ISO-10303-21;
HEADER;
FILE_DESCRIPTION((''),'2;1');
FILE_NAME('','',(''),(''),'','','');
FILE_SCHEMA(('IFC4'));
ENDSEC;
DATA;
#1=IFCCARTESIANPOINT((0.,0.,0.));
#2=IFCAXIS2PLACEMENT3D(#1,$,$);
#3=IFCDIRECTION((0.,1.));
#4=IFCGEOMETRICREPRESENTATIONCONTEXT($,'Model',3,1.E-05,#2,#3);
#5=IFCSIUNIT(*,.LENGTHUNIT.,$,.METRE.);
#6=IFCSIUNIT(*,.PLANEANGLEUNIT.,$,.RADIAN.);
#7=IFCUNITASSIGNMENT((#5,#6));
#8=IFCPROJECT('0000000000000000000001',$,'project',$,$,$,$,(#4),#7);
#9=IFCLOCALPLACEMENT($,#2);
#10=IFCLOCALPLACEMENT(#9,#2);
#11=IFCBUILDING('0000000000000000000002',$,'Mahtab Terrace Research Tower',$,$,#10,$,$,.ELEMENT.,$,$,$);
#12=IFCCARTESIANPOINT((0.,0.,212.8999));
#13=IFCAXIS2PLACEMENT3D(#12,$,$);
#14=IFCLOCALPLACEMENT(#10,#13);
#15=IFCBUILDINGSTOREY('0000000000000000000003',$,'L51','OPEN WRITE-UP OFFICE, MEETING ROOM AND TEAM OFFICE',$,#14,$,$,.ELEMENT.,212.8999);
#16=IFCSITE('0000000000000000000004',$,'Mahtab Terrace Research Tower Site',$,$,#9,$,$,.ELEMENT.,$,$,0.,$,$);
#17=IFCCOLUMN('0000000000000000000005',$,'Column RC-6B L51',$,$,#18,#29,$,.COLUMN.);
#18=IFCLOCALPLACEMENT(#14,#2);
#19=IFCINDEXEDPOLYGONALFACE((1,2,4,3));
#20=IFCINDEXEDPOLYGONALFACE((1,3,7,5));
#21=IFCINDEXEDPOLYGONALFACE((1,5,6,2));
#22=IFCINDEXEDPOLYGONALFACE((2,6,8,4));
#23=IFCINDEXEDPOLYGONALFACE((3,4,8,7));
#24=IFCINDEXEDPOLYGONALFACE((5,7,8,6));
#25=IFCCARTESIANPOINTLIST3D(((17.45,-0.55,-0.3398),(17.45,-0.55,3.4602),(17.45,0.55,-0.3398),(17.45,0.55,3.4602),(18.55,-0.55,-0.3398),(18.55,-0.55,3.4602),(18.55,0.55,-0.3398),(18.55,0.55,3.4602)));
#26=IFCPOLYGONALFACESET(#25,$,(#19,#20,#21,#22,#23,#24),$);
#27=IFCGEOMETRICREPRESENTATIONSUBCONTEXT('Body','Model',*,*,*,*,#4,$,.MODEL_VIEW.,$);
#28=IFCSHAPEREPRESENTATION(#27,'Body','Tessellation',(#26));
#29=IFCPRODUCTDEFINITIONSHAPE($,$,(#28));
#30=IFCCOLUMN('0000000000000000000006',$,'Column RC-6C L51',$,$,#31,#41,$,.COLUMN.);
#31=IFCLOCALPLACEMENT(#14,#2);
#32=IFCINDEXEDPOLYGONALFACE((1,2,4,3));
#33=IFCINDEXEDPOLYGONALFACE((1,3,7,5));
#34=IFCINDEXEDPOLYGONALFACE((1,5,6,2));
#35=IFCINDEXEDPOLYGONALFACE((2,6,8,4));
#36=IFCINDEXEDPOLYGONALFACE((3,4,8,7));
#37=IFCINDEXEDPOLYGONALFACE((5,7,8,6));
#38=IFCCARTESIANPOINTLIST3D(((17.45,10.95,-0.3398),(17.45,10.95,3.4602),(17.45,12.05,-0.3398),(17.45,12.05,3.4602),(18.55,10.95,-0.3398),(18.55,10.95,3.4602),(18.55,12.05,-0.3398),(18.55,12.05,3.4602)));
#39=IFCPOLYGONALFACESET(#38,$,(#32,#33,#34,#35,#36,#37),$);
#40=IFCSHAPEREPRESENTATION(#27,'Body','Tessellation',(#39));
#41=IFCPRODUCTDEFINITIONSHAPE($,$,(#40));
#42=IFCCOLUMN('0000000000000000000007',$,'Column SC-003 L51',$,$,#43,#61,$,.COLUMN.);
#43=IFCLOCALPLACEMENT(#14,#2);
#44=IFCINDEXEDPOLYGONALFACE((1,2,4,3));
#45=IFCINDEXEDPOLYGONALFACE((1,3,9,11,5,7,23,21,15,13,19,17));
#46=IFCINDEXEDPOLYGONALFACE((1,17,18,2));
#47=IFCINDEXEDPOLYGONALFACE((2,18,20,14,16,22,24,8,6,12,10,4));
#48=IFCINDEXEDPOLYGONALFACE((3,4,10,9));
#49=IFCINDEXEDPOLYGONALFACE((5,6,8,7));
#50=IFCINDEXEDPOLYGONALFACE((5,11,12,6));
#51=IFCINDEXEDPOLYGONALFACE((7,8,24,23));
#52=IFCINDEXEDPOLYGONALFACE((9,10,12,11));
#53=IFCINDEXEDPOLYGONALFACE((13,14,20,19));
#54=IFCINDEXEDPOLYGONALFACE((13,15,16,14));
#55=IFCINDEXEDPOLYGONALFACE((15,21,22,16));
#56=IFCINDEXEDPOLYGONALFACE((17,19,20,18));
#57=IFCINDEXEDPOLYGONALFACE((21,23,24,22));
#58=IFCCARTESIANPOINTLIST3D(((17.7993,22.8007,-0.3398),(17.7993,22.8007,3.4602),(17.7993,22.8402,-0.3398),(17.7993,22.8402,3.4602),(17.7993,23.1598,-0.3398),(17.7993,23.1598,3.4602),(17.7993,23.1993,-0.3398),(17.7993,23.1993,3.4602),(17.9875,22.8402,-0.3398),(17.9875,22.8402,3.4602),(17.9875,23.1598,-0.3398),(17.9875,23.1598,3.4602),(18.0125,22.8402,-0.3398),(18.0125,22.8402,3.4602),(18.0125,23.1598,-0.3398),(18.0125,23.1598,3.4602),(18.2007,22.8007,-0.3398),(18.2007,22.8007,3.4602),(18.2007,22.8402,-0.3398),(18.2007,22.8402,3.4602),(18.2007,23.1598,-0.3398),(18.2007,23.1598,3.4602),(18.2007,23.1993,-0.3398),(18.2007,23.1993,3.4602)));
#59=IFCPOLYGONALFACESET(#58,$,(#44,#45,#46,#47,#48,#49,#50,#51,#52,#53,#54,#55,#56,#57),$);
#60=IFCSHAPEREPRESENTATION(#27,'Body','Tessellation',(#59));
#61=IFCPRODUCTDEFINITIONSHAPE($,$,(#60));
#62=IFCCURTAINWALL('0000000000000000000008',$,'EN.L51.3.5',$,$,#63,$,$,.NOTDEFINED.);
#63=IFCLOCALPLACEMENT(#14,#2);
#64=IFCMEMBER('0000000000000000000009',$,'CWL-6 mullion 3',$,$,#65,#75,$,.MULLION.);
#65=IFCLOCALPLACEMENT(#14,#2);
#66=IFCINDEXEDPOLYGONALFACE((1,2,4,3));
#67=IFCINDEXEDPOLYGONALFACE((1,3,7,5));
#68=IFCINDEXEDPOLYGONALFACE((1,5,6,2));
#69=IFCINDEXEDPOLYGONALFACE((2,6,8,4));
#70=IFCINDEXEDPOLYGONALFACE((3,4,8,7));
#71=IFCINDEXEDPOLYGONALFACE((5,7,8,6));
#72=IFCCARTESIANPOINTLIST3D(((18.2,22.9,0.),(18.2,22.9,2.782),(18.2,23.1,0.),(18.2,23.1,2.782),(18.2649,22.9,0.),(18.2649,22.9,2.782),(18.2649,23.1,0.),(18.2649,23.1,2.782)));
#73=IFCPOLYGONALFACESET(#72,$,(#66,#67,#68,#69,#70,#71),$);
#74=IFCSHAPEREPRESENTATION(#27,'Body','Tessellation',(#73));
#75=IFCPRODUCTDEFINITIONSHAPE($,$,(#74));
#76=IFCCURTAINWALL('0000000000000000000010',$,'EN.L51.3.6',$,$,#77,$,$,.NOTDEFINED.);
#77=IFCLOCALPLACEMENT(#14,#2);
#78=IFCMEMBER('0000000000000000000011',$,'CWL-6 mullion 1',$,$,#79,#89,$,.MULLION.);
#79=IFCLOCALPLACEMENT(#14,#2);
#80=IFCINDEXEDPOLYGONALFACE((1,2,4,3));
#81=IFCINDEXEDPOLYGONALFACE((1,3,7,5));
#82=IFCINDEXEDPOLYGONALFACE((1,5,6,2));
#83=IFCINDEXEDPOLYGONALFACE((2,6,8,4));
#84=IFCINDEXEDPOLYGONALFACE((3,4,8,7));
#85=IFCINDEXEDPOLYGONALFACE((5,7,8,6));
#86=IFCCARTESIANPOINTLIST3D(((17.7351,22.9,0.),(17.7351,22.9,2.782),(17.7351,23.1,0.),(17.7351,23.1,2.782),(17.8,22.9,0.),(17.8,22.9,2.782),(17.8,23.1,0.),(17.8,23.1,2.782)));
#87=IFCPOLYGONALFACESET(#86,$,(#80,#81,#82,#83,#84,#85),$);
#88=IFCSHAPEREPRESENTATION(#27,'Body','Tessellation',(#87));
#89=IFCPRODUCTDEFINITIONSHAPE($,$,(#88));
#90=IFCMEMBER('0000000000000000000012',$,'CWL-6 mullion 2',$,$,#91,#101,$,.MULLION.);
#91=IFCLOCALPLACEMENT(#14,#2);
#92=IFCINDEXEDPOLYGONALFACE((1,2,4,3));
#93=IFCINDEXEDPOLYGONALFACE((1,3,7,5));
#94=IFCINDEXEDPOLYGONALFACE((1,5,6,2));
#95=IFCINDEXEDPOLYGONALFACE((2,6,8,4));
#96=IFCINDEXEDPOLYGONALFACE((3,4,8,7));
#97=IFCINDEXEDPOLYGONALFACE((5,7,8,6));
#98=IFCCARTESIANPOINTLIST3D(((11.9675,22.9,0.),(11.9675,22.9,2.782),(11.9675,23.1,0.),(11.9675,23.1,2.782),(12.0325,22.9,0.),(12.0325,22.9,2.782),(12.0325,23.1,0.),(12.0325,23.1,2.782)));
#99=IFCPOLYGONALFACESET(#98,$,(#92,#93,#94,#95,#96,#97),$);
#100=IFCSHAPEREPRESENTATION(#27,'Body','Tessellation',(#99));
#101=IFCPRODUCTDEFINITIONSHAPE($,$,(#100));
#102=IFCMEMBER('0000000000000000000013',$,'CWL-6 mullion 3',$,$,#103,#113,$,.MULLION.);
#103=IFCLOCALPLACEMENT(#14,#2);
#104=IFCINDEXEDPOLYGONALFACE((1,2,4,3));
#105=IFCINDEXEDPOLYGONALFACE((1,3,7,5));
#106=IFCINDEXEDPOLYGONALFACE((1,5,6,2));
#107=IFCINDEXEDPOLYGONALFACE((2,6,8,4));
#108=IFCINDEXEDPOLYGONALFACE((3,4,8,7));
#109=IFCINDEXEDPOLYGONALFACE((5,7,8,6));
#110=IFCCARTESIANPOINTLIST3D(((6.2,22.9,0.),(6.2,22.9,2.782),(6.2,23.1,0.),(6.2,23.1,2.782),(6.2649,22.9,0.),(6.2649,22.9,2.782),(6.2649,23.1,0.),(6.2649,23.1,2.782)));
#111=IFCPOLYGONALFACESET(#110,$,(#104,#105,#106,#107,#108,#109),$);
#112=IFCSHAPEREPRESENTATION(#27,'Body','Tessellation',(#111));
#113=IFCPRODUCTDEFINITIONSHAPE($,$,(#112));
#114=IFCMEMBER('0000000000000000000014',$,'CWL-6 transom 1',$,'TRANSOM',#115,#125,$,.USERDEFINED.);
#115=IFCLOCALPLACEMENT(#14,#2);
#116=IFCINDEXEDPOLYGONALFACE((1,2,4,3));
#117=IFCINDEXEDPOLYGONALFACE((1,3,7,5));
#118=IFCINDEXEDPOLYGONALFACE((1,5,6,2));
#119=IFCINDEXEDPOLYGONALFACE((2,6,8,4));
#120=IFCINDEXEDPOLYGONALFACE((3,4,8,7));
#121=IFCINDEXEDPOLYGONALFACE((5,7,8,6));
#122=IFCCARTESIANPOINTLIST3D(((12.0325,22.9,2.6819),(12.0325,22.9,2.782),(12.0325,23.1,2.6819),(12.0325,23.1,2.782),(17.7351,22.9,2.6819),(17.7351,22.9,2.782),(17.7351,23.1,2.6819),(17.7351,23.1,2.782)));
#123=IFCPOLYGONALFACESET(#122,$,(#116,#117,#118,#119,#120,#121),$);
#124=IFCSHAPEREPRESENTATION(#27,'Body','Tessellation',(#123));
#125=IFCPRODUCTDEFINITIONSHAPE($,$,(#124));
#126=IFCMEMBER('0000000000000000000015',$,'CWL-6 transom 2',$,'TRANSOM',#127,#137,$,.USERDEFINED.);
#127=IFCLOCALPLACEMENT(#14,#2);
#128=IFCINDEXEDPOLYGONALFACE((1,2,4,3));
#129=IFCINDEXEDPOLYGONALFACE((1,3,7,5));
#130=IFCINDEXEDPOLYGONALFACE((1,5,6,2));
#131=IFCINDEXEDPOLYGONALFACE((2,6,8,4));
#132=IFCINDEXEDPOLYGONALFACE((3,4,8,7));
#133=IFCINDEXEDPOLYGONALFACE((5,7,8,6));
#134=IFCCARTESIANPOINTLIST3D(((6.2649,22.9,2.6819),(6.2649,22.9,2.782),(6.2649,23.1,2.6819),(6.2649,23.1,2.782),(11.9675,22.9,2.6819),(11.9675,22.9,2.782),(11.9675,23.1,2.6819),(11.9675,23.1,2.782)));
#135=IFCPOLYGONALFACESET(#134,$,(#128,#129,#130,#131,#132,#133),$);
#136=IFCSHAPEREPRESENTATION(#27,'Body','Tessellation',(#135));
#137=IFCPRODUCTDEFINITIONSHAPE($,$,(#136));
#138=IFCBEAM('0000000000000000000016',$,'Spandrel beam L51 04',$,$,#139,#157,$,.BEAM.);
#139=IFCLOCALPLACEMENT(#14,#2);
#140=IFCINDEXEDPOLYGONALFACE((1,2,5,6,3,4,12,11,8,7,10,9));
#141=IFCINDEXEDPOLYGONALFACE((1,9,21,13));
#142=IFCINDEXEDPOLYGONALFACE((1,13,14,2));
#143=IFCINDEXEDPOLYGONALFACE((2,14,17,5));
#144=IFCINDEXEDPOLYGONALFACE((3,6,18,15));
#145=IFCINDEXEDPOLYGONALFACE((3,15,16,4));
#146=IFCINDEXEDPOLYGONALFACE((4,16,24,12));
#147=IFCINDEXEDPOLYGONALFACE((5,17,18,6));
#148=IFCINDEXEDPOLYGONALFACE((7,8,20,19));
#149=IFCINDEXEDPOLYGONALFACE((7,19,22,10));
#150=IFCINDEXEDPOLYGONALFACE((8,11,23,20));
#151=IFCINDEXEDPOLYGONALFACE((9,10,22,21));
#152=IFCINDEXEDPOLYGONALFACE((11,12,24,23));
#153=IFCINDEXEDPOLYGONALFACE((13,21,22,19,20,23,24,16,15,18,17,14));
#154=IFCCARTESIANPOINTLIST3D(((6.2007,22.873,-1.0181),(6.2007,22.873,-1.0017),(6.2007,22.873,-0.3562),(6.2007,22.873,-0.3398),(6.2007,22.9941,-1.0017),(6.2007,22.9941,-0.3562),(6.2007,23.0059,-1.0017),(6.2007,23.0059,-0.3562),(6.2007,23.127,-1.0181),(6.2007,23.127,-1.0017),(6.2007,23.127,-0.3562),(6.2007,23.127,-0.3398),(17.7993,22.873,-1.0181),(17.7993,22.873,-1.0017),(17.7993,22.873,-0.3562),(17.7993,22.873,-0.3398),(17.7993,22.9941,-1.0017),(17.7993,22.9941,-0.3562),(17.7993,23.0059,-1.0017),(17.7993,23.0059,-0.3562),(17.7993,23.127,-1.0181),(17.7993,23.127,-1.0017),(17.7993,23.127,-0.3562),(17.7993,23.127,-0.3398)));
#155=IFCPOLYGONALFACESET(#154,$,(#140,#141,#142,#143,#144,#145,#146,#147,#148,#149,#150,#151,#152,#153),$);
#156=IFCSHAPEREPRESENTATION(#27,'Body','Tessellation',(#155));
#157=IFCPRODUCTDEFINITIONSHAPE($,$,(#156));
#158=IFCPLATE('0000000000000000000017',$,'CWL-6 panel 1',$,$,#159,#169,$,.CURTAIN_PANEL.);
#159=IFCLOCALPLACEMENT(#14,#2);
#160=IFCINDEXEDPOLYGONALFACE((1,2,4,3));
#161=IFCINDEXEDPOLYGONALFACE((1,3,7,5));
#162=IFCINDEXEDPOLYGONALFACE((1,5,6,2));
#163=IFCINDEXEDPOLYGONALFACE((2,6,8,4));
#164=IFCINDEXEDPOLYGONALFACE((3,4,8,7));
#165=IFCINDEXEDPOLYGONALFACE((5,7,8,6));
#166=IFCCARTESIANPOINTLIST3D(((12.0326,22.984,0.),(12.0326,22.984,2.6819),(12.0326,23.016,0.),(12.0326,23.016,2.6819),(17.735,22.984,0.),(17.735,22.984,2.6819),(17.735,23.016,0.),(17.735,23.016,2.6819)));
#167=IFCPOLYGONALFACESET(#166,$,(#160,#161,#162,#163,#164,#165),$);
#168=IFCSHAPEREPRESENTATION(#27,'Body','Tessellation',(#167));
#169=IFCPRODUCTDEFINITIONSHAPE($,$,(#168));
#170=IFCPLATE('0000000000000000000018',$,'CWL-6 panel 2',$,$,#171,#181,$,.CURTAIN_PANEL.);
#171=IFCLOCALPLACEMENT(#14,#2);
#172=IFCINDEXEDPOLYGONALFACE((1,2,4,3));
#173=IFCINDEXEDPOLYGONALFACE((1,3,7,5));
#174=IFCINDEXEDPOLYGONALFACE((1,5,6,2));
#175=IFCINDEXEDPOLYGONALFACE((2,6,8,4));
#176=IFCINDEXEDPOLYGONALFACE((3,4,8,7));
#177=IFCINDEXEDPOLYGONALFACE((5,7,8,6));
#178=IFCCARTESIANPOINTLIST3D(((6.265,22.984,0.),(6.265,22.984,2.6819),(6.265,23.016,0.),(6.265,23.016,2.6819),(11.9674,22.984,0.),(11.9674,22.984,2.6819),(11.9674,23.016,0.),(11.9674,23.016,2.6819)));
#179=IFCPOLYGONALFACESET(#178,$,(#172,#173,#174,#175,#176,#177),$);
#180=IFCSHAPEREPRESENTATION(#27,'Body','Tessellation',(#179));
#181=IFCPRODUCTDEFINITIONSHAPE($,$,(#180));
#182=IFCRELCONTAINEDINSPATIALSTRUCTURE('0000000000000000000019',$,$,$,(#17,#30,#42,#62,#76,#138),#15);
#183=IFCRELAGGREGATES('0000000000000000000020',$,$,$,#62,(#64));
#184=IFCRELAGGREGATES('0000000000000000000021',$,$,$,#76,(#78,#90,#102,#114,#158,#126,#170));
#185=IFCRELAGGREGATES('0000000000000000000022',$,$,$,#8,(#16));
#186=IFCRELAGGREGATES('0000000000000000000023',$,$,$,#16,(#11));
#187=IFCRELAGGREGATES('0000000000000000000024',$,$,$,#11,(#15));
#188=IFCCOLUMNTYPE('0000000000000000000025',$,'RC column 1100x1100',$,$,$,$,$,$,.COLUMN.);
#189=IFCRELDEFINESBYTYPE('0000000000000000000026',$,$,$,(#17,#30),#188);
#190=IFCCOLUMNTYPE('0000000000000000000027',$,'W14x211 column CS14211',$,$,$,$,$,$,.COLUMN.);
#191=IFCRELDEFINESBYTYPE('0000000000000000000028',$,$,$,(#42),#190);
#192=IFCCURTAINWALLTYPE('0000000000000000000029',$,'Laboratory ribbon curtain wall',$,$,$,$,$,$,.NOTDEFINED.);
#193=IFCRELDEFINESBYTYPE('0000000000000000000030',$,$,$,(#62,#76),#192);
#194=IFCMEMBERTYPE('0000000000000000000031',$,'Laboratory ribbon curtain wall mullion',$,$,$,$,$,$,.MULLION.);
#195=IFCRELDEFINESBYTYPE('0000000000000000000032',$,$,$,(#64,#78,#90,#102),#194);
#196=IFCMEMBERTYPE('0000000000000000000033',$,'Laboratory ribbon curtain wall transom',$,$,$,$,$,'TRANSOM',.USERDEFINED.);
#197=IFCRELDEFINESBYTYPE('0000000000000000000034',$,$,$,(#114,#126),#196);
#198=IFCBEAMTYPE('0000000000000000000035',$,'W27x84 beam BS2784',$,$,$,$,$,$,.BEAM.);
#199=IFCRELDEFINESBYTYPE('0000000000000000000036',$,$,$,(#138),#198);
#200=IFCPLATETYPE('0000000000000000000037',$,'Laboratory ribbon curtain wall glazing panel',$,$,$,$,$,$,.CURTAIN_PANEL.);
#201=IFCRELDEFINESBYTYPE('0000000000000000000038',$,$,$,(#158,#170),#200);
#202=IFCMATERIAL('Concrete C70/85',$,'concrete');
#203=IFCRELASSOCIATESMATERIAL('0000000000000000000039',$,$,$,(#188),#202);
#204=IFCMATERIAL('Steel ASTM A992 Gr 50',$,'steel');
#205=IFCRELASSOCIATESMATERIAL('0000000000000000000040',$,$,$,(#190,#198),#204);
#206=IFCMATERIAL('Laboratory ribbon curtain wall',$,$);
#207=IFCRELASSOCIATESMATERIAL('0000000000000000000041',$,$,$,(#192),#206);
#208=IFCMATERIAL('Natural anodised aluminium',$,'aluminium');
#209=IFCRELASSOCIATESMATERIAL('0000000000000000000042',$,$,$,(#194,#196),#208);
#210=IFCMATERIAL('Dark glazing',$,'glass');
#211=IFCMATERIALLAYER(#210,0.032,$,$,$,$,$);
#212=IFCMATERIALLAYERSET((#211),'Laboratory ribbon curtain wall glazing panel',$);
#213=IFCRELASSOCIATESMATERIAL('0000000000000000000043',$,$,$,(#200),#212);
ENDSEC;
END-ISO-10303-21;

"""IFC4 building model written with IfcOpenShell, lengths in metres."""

from ifc_helpers import new_model, si_unit, direction, frame, origin, origin_2d, place, context, subcontext, project, spatial, rectangle, i_section, extrude, material, layer, layer_set, material_profile, profile_set, type_object, element, aggregate, save


model = new_model("IFC4")

# Units and contexts
model_context = context("Model", 3, precision=1e-05, world=origin(), true_north=direction((0.0, 1.0)))
body_context = subcontext(model_context, "Body", "Model", "MODEL_VIEW")
ifc_project = project(units=[si_unit("LENGTHUNIT", "METRE"), si_unit("PLANEANGLEUNIT", "RADIAN")], contexts=[model_context])

# Site, building, storey
site_placement = place(None, origin())
site = spatial("IfcSite", under=ifc_project, at=site_placement, Name="Mahtab Terrace Research Tower Site", CompositionType="ELEMENT", RefElevation=0.0)
building_placement = place(site_placement, origin())
building = spatial("IfcBuilding", under=site, at=building_placement, Name="Mahtab Terrace Research Tower", CompositionType="ELEMENT")
storey_placement = place(building_placement, frame((0.0, 0.0, 212.8999)))
storey = spatial("IfcBuildingStorey", under=building, at=storey_placement, Name="L51", Description="OPEN WRITE-UP OFFICE, MEETING ROOM AND TEAM OFFICE", CompositionType="ELEMENT", Elevation=212.8999)

# Columns
ifc_material_1 = material(Name="Concrete C70/85", Category="concrete")
ifc_material_profile_1 = material_profile(ifc_material_1, rectangle(XDim=1.1001, YDim=1.1001, at=origin_2d()), Name="RC column 1100x1100")
ifc_profile_set_1 = profile_set([ifc_material_profile_1], Name="Concrete C70/85")
column_type_1 = type_object("IfcColumnType", Name="RC column 1100x1100", PredefinedType="COLUMN", material=ifc_profile_set_1)
for number, where, z_axis, x_axis, name in (
    (1, (18.0, 0.0, -0.3398), (0.0, 0.0, 1.0), (1.0, 0.0, 0.0), "Column RC-6B L51"),
    (2, (18.0, 11.5, -0.3398), (0.0, 0.0, 1.0), (1.0, 0.0, 0.0), "Column RC-6C L51"),
):
    element("IfcColumn", number, at=place(storey_placement, frame(where, z_axis=z_axis, x_axis=x_axis)), inside=storey, type_object=column_type_1, Name=name, PredefinedType="COLUMN", context=body_context, shape_type="SweptSolid", body=[
        extrude(rectangle(XDim=1.1001, YDim=1.1001, at=origin_2d()), origin(), (0.0, 0.0, 1.0), 3.8),
    ])
ifc_material_2 = material(Name="Steel ASTM A992 Gr 50", Category="steel")
ifc_material_profile_2 = material_profile(ifc_material_2, i_section(OverallWidth=0.4014, OverallDepth=0.3987, WebThickness=0.0249, FlangeThickness=0.0396, at=origin_2d()), Name="W14X211")
ifc_profile_set_2 = profile_set([ifc_material_profile_2], Name="Steel ASTM A992 Gr 50")
column_type_2 = type_object("IfcColumnType", Name="W14x211 column CS14211", PredefinedType="COLUMN", material=ifc_profile_set_2)
column_placement = place(storey_placement, frame((18.0, 23.0, -0.3398), z_axis=(0.0, 0.0, 1.0), x_axis=(1.0, 0.0, 0.0)))
element("IfcColumn", 3, at=column_placement, inside=storey, type_object=column_type_2, Name="Column SC-003 L51", PredefinedType="COLUMN", context=body_context, shape_type="SweptSolid", body=[
    extrude(i_section(OverallWidth=0.4014, OverallDepth=0.3987, WebThickness=0.0249, FlangeThickness=0.0396, at=origin_2d()), origin(), (0.0, 0.0, 1.0), 3.8),
])

# Curtain wall, member
ifc_material_3 = material(Name="Laboratory ribbon curtain wall")
curtain_wall_type = type_object("IfcCurtainWallType", Name="Laboratory ribbon curtain wall", PredefinedType="NOTDEFINED", material=ifc_material_3)
curtain_wall_1_placement = place(storey_placement, origin())
curtain_wall_1 = element("IfcCurtainWall", 4, at=curtain_wall_1_placement, inside=storey, type_object=curtain_wall_type, Name="EN.L51.3.5", PredefinedType="NOTDEFINED")
ifc_material_4 = material(Name="Natural anodised aluminium", Category="aluminium")
ifc_material_profile_3 = material_profile(ifc_material_4, rectangle(XDim=0.2, YDim=0.0649, at=origin_2d()), Name="MULLION 65x200")
ifc_profile_set_3 = profile_set([ifc_material_profile_3], Name="Natural anodised aluminium")
member_type_1 = type_object("IfcMemberType", Name="Laboratory ribbon curtain wall mullion", PredefinedType="MULLION", material=ifc_profile_set_3)
member_1_placement = place(storey_placement, frame((18.2324, 23.0, 0.0), z_axis=(0.0, 0.0, 1.0), x_axis=(0.0, -1.0, 0.0)))
member_1 = element("IfcMember", 5, at=member_1_placement, type_object=member_type_1, Name="CWL-6 mullion 3", PredefinedType="MULLION", context=body_context, shape_type="SweptSolid", body=[
    extrude(rectangle(XDim=0.2, YDim=0.0649, at=origin_2d()), origin(), (0.0, 0.0, 1.0), 2.782),
])
aggregate(curtain_wall_1, [member_1])

# Curtain wall, members
curtain_wall_2_placement = place(storey_placement, origin())
curtain_wall_2 = element("IfcCurtainWall", 6, at=curtain_wall_2_placement, inside=storey, type_object=curtain_wall_type, Name="EN.L51.3.6", PredefinedType="NOTDEFINED")
member_2_placement = place(storey_placement, frame((17.7676, 23.0, 0.0), z_axis=(0.0, 0.0, 1.0), x_axis=(0.0, -1.0, 0.0)))
member_2 = element("IfcMember", 7, at=member_2_placement, type_object=member_type_1, Name="CWL-6 mullion 1", PredefinedType="MULLION", context=body_context, shape_type="SweptSolid", body=[
    extrude(rectangle(XDim=0.2, YDim=0.0649, at=origin_2d()), origin(), (0.0, 0.0, 1.0), 2.782),
])
member_3_placement = place(storey_placement, frame((12.0, 23.0, 0.0), z_axis=(0.0, 0.0, 1.0), x_axis=(0.0, -1.0, 0.0)))
member_3 = element("IfcMember", 8, at=member_3_placement, type_object=member_type_1, Name="CWL-6 mullion 2", PredefinedType="MULLION", context=body_context, shape_type="SweptSolid", body=[
    extrude(rectangle(XDim=0.2, YDim=0.0649, at=origin_2d()), origin(), (0.0, 0.0, 1.0), 2.782),
])
member_4_placement = place(storey_placement, frame((6.2324, 23.0, 0.0), z_axis=(0.0, 0.0, 1.0), x_axis=(0.0, -1.0, 0.0)))
member_4 = element("IfcMember", 9, at=member_4_placement, type_object=member_type_1, Name="CWL-6 mullion 3", PredefinedType="MULLION", context=body_context, shape_type="SweptSolid", body=[
    extrude(rectangle(XDim=0.2, YDim=0.0649, at=origin_2d()), origin(), (0.0, 0.0, 1.0), 2.782),
])
ifc_material_profile_4 = material_profile(ifc_material_4, rectangle(XDim=0.2, YDim=0.1001, at=origin_2d()), Name="TRANSOM 100x200")
ifc_profile_set_4 = profile_set([ifc_material_profile_4], Name="Natural anodised aluminium")
member_type_2 = type_object("IfcMemberType", Name="Laboratory ribbon curtain wall transom", ElementType="TRANSOM", PredefinedType="USERDEFINED", material=ifc_profile_set_4)
member_5_placement = place(storey_placement, frame((17.7351, 23.0, 2.7319), z_axis=(-1.0, 0.0, 0.0), x_axis=(0.0, -1.0, 0.0)))
member_5 = element("IfcMember", 10, at=member_5_placement, type_object=member_type_2, Name="CWL-6 transom 1", ObjectType="TRANSOM", PredefinedType="USERDEFINED", context=body_context, shape_type="SweptSolid", body=[
    extrude(rectangle(XDim=0.2, YDim=0.1001, at=origin_2d()), origin(), (0.0, 0.0, 1.0), 5.7026),
])
member_6_placement = place(storey_placement, frame((11.9675, 23.0, 2.7319), z_axis=(-1.0, 0.0, 0.0), x_axis=(0.0, -1.0, 0.0)))
member_6 = element("IfcMember", 11, at=member_6_placement, type_object=member_type_2, Name="CWL-6 transom 2", ObjectType="TRANSOM", PredefinedType="USERDEFINED", context=body_context, shape_type="SweptSolid", body=[
    extrude(rectangle(XDim=0.2, YDim=0.1001, at=origin_2d()), origin(), (0.0, 0.0, 1.0), 5.7026),
])

# Beam
ifc_material_profile_5 = material_profile(ifc_material_2, i_section(OverallWidth=0.2539, OverallDepth=0.6782, WebThickness=0.0117, FlangeThickness=0.0164, at=origin_2d()), Name="W27X84")
ifc_profile_set_5 = profile_set([ifc_material_profile_5], Name="Steel ASTM A992 Gr 50")
beam_type = type_object("IfcBeamType", Name="W27x84 beam BS2784", PredefinedType="BEAM", material=ifc_profile_set_5)
beam_placement = place(storey_placement, frame((17.7993, 23.0, -0.679), z_axis=(-1.0, 0.0, 0.0), x_axis=(0.0, -1.0, 0.0)))
element("IfcBeam", 12, at=beam_placement, inside=storey, type_object=beam_type, Name="Spandrel beam L51 04", PredefinedType="BEAM", context=body_context, shape_type="SweptSolid", body=[
    extrude(i_section(OverallWidth=0.2539, OverallDepth=0.6782, WebThickness=0.0117, FlangeThickness=0.0164, at=origin_2d()), origin(), (0.0, 0.0, 1.0), 11.5986),
])

# Plates
ifc_material_5 = material(Name="Dark glazing", Category="glass")
ifc_layer_1 = layer(ifc_material_5, 0.032)
ifc_layer_set_1 = layer_set([ifc_layer_1], Name="Laboratory ribbon curtain wall glazing panel")
plate_type = type_object("IfcPlateType", Name="Laboratory ribbon curtain wall glazing panel", PredefinedType="CURTAIN_PANEL", material=ifc_layer_set_1)
plate_1_placement = place(storey_placement, frame((14.8838, 23.0, 0.0), z_axis=(0.0, 0.0, 1.0), x_axis=(-1.0, 0.0, 0.0)))
plate_1 = element("IfcPlate", 13, at=plate_1_placement, type_object=plate_type, Name="CWL-6 panel 1", PredefinedType="CURTAIN_PANEL", context=body_context, shape_type="SweptSolid", body=[
    extrude(rectangle(XDim=5.7024, YDim=0.032, at=origin_2d()), origin(), (0.0, 0.0, 1.0), 2.6819),
])
plate_2_placement = place(storey_placement, frame((9.1162, 23.0, 0.0), z_axis=(0.0, 0.0, 1.0), x_axis=(-1.0, 0.0, 0.0)))
plate_2 = element("IfcPlate", 14, at=plate_2_placement, type_object=plate_type, Name="CWL-6 panel 2", PredefinedType="CURTAIN_PANEL", context=body_context, shape_type="SweptSolid", body=[
    extrude(rectangle(XDim=5.7024, YDim=0.032, at=origin_2d()), origin(), (0.0, 0.0, 1.0), 2.6819),
])
aggregate(curtain_wall_2, [member_2, member_3, member_4, member_5, plate_1, member_6, plate_2])

save(model, "model.ifc")
